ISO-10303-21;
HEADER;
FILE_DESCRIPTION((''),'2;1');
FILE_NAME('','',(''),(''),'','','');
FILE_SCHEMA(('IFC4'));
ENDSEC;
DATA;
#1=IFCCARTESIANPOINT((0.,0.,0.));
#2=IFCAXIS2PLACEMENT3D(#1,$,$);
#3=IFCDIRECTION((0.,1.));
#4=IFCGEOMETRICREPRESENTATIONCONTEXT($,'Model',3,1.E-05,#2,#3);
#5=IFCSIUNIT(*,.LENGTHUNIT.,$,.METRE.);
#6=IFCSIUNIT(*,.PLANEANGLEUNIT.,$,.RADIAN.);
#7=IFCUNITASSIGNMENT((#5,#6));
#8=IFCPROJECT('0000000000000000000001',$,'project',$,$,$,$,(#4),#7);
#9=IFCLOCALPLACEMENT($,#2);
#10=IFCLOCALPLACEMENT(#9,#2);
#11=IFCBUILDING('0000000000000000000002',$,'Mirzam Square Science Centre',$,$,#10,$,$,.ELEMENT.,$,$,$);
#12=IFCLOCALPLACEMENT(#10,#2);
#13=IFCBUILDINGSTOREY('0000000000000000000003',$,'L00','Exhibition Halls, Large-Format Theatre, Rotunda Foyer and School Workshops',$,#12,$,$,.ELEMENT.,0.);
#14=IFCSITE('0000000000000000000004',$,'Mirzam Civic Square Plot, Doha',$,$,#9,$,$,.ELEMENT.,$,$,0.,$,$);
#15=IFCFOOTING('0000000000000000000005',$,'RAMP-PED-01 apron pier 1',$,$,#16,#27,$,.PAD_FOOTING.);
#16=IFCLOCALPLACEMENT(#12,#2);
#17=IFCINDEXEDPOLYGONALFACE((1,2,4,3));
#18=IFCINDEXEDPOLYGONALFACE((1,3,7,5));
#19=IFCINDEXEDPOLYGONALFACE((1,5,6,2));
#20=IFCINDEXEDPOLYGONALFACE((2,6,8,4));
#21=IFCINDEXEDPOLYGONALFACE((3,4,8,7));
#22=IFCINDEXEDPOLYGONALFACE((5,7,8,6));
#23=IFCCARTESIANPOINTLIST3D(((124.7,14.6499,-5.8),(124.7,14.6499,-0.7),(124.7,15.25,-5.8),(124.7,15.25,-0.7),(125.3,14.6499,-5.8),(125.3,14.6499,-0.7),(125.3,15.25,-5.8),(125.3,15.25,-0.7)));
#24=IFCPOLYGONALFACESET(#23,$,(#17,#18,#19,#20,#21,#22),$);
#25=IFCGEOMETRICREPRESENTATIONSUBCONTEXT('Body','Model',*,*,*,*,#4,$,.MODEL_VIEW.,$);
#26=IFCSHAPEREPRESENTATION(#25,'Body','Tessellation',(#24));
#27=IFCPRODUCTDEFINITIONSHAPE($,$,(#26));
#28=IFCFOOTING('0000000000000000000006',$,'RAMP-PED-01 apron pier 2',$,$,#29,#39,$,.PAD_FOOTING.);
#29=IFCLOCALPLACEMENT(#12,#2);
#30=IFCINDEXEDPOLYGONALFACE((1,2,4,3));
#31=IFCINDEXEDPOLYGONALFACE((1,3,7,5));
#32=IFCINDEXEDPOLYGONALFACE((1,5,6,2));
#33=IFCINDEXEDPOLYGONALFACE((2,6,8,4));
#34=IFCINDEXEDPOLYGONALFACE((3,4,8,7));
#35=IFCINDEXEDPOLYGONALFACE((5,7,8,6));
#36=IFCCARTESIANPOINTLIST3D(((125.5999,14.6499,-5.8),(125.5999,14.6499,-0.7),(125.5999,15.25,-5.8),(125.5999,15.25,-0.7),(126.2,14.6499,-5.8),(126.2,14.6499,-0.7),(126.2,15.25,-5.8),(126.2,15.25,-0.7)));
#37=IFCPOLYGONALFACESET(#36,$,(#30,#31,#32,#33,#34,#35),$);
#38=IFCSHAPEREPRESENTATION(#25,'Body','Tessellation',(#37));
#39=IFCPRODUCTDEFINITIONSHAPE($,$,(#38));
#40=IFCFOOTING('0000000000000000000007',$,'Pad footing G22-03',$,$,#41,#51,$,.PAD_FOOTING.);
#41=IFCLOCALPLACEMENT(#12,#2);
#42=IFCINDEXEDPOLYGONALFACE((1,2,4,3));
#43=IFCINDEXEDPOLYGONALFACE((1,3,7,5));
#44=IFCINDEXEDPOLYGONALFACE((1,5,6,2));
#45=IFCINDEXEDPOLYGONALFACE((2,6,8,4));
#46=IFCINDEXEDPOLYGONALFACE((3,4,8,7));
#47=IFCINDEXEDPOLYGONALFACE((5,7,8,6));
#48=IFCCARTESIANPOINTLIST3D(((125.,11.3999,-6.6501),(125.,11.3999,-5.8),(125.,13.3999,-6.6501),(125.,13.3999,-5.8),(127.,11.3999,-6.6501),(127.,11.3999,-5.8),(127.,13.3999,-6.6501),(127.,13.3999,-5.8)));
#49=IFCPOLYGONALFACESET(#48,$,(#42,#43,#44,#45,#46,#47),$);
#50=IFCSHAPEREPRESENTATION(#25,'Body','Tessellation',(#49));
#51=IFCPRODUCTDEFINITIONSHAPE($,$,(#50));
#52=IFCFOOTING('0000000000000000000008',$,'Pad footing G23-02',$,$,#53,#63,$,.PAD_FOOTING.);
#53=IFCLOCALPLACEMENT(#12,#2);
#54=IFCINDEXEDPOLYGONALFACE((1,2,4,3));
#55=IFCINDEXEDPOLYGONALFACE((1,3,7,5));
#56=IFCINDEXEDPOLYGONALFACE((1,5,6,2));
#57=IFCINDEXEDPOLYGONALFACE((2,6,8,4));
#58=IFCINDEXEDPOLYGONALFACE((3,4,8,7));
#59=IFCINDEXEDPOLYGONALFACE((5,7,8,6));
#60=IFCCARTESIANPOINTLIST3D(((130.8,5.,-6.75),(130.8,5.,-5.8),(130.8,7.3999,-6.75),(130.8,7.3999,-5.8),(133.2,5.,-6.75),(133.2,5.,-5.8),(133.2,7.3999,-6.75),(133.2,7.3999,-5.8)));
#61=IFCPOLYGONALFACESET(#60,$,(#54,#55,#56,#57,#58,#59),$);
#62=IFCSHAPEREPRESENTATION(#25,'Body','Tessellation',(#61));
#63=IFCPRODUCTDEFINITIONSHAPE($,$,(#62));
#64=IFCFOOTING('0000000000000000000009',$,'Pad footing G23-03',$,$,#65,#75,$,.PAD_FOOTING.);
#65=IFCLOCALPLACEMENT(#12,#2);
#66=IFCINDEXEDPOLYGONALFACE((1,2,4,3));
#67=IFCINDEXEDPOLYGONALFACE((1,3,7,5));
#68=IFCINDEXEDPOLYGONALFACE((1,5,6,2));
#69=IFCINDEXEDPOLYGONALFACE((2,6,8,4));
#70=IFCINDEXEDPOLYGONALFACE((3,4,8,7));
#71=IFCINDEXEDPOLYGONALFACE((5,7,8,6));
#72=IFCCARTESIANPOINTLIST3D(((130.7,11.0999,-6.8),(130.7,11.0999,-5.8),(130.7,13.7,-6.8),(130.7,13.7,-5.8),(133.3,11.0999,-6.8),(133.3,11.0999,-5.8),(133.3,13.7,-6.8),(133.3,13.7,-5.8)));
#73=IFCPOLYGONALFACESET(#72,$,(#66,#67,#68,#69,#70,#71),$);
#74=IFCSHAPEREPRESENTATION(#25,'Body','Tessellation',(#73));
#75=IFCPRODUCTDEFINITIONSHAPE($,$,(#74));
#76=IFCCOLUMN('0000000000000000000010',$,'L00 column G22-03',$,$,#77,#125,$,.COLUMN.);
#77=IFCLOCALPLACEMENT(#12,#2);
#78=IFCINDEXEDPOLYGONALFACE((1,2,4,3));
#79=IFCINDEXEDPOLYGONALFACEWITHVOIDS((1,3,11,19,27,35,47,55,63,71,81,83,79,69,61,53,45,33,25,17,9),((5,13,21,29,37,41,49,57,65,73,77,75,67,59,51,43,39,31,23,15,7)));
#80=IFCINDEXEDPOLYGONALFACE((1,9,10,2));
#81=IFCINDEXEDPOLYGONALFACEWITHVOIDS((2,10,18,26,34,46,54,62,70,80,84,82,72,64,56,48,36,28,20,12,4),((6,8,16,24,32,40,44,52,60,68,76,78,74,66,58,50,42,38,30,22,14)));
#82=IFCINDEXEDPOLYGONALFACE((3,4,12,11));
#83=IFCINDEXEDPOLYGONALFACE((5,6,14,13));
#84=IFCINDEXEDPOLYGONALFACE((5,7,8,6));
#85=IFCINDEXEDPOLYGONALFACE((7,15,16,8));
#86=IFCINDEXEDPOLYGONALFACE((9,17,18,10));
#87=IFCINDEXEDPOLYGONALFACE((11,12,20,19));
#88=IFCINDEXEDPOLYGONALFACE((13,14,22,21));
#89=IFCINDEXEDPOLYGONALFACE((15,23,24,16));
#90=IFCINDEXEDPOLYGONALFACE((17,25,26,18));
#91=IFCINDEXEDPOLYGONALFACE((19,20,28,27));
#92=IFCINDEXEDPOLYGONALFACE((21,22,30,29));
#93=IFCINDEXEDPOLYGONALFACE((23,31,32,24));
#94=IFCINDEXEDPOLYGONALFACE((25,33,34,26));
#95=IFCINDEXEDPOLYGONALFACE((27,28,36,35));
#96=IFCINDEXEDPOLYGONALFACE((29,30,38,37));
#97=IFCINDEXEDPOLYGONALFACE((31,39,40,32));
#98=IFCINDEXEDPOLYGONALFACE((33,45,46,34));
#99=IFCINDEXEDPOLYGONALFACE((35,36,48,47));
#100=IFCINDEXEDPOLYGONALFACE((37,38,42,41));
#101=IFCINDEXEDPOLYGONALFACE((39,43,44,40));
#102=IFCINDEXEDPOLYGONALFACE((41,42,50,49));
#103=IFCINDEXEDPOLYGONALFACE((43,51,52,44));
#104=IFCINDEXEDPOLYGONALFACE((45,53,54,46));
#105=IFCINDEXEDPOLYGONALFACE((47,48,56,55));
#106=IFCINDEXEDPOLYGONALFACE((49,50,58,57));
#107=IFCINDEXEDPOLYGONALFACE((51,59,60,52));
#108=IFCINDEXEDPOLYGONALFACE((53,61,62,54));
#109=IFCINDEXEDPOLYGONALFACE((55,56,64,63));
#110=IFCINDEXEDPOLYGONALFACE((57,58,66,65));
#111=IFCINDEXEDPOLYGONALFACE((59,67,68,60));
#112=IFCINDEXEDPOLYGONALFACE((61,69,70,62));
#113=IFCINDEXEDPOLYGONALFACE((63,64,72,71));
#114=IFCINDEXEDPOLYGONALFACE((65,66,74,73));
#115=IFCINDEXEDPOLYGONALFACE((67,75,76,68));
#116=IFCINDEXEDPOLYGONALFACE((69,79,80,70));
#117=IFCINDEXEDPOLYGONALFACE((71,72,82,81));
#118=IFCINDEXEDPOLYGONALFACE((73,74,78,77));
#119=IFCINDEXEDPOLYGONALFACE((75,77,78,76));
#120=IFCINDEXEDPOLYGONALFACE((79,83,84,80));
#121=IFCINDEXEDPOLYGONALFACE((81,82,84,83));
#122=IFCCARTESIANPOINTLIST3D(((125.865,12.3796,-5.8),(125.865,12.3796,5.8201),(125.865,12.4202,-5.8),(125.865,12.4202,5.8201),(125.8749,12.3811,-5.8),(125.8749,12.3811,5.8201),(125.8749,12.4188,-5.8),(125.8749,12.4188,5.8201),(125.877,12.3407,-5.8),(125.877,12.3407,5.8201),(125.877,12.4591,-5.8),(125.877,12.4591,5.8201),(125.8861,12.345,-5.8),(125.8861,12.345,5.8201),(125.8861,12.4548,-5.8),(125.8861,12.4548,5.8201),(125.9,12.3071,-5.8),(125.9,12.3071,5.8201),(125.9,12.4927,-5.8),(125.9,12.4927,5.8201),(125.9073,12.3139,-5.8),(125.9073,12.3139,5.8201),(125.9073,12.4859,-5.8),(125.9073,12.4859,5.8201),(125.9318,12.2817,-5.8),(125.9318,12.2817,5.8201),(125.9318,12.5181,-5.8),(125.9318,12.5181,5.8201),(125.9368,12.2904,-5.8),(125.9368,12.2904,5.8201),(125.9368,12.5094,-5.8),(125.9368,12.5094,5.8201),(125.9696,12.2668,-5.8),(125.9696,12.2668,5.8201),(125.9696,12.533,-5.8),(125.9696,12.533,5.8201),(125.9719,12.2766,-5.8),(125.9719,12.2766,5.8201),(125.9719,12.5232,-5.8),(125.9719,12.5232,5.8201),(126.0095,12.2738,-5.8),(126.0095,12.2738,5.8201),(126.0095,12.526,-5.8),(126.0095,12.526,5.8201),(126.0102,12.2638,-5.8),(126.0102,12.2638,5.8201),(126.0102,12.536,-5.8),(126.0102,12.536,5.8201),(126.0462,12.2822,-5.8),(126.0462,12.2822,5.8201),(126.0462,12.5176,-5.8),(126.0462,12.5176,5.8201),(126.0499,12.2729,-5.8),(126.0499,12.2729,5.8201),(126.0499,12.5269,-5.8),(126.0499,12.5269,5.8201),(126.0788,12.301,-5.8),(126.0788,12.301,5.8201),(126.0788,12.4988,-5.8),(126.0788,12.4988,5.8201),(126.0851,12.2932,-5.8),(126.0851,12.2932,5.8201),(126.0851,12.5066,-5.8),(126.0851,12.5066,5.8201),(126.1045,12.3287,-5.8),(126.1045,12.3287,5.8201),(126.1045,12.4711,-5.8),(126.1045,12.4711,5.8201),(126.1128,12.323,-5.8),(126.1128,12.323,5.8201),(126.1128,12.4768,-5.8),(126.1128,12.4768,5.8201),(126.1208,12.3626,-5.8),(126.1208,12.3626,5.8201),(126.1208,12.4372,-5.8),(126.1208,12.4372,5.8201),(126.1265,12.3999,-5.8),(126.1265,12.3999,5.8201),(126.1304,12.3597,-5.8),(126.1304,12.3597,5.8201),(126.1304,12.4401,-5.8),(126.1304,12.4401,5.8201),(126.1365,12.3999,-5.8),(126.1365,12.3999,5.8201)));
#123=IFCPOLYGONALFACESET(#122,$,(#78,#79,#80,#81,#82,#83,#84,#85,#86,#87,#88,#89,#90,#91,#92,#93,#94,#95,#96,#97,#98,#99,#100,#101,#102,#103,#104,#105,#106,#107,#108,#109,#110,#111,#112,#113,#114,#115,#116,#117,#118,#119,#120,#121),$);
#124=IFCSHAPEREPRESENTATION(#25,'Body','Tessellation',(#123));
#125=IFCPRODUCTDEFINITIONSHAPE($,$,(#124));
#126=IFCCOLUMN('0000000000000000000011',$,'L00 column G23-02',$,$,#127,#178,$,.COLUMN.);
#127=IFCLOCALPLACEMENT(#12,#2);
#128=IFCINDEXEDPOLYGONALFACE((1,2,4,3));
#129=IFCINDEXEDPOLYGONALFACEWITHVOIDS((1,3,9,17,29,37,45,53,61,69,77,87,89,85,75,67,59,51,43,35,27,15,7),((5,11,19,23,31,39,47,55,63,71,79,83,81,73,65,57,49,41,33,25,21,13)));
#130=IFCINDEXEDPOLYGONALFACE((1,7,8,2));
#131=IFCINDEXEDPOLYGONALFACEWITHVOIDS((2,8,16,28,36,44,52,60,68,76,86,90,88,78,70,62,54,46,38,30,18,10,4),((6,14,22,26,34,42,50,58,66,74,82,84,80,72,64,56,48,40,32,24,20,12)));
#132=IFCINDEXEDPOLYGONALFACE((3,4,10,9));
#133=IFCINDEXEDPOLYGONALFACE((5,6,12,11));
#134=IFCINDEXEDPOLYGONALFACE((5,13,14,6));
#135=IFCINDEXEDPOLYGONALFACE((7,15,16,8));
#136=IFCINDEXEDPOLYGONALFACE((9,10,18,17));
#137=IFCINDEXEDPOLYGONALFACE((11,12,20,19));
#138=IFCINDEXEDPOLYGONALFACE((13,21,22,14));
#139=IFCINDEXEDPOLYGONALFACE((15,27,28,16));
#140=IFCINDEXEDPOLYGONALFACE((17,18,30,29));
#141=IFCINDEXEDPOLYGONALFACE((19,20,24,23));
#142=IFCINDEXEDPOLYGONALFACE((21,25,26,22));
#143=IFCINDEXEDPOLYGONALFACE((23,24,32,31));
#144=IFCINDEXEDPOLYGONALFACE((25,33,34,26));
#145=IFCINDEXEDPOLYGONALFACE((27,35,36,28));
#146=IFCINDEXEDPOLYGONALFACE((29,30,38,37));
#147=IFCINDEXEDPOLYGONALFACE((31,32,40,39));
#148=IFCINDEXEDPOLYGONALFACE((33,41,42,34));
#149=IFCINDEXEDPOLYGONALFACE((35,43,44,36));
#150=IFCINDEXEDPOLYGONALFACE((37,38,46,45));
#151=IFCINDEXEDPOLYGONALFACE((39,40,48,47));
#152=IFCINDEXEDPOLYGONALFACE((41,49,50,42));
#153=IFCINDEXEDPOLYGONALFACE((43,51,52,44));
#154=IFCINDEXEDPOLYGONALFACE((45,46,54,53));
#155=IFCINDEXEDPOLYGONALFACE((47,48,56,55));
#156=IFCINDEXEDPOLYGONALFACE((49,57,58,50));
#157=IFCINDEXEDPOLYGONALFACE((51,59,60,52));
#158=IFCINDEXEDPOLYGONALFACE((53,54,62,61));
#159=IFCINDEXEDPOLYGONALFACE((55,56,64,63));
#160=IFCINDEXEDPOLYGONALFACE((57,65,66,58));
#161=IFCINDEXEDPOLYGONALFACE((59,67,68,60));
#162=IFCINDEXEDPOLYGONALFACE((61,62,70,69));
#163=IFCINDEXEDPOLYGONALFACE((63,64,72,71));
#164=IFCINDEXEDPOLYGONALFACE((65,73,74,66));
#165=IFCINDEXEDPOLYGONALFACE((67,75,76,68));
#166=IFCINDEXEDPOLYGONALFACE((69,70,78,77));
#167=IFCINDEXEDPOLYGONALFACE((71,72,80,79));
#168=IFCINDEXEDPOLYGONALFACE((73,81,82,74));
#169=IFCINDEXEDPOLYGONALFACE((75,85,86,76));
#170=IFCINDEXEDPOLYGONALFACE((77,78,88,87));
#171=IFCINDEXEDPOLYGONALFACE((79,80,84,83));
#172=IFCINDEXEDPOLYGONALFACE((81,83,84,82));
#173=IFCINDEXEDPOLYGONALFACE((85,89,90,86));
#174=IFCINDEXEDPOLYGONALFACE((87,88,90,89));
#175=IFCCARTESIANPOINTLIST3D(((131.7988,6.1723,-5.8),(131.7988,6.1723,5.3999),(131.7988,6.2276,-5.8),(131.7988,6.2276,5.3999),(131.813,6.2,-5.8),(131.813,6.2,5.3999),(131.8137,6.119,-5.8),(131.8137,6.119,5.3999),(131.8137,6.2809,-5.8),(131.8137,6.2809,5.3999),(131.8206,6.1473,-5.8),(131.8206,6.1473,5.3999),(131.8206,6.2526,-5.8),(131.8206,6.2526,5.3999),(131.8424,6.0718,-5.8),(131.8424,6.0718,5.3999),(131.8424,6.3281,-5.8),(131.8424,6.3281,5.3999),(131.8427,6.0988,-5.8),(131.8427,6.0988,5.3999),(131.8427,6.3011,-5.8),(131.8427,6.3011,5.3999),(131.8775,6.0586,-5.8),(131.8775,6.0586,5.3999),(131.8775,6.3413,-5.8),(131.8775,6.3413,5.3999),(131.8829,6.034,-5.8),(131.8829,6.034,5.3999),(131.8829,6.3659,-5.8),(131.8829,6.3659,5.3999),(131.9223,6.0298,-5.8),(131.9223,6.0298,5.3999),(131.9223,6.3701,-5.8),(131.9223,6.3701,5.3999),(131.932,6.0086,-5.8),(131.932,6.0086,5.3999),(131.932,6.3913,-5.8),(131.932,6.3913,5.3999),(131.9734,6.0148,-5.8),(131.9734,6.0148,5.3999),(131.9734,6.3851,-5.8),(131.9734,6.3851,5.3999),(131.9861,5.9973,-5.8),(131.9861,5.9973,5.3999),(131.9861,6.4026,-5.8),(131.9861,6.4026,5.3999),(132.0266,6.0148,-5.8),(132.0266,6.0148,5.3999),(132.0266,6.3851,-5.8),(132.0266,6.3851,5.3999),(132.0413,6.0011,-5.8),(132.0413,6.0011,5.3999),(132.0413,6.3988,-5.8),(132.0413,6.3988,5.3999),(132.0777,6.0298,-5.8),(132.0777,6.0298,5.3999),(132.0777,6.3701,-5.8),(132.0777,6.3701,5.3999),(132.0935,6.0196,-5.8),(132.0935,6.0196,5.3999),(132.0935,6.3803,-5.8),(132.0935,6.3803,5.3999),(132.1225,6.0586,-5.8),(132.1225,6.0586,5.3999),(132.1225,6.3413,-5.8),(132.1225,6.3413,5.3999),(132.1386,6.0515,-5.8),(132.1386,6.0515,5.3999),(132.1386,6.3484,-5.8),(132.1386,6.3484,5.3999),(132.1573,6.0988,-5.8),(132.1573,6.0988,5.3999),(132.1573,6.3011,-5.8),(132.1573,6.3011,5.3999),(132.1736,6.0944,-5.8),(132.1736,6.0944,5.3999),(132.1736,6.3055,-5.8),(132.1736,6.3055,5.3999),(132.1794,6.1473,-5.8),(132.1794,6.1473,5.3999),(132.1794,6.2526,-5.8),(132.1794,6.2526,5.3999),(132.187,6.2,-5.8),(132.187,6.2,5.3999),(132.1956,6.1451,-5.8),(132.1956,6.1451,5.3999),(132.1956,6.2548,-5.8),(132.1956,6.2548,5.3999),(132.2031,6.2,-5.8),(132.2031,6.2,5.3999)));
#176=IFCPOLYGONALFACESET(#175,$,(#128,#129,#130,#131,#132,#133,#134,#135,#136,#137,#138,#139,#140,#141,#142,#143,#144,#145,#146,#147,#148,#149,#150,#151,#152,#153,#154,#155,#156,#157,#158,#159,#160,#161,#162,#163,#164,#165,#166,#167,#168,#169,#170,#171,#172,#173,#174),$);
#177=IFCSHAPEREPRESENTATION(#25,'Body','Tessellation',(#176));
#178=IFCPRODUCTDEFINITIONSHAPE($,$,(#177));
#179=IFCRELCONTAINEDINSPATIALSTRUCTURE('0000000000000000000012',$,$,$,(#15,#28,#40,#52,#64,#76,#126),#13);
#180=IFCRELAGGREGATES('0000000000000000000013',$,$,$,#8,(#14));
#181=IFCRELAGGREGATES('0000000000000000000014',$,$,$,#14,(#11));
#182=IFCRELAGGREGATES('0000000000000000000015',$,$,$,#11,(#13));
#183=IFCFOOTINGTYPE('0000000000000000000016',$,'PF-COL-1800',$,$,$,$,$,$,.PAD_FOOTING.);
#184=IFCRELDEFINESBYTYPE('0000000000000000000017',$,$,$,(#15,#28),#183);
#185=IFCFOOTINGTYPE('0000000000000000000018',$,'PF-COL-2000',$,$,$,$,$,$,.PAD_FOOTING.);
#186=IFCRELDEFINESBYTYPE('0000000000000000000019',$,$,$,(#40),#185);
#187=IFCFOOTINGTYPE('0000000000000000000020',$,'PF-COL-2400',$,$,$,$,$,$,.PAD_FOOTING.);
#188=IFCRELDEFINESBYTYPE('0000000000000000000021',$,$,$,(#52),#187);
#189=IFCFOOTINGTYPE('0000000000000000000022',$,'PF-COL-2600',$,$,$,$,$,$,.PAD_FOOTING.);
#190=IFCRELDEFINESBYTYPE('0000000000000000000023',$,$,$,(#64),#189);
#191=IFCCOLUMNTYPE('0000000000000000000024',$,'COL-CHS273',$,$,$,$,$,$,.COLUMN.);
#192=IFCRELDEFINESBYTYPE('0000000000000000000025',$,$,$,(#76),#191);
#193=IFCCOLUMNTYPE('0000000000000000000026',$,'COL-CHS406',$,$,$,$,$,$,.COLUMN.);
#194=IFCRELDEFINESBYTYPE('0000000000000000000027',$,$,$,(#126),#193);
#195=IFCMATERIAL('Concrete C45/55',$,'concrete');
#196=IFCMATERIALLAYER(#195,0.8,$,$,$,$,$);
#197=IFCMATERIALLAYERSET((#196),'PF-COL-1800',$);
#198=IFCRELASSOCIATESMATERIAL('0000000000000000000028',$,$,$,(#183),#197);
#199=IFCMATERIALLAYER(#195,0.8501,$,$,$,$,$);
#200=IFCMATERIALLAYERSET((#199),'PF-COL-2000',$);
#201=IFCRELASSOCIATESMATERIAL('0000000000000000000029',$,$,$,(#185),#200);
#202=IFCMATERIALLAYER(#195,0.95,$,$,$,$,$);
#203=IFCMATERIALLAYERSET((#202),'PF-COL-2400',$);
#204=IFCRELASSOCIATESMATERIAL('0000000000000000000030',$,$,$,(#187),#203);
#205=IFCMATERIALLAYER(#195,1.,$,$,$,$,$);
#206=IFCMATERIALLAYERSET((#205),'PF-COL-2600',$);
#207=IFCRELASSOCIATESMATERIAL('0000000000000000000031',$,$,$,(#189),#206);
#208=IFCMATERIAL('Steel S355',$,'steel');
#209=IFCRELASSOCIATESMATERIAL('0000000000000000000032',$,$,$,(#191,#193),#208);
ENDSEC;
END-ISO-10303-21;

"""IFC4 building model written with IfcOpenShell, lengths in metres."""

from ifc_helpers import new_model, si_unit, direction, frame, origin, origin_2d, place, context, subcontext, project, spatial, rectangle, hollow_circle, extrude, material, layer, layer_set, material_profile, profile_set, type_object, element, save


model = new_model("IFC4")

# Units and contexts
model_context = context("Model", 3, precision=1e-05, world=origin(), true_north=direction((0.0, 1.0)))
body_context = subcontext(model_context, "Body", "Model", "MODEL_VIEW")
ifc_project = project(units=[si_unit("LENGTHUNIT", "METRE"), si_unit("PLANEANGLEUNIT", "RADIAN")], contexts=[model_context])

# Site, building, storey
site_placement = place(None, origin())
site = spatial("IfcSite", under=ifc_project, at=site_placement, Name="Mirzam Civic Square Plot, Doha", CompositionType="ELEMENT", RefElevation=0.0)
building_placement = place(site_placement, origin())
building = spatial("IfcBuilding", under=site, at=building_placement, Name="Mirzam Square Science Centre", CompositionType="ELEMENT")
storey_placement = place(building_placement, origin())
storey = spatial("IfcBuildingStorey", under=building, at=storey_placement, Name="L00", Description="Exhibition Halls, Large-Format Theatre, Rotunda Foyer and School Workshops", CompositionType="ELEMENT", Elevation=0.0)

# Footings
ifc_material_1 = material(Name="Concrete C45/55", Category="concrete")
ifc_layer_1 = layer(ifc_material_1, 0.8)
ifc_layer_set_1 = layer_set([ifc_layer_1], Name="PF-COL-1800")
footing_type_1 = type_object("IfcFootingType", Name="PF-COL-1800", PredefinedType="PAD_FOOTING", material=ifc_layer_set_1)
for number, where, z_axis, x_axis, name in (
    (1, (125.0, 14.95, -5.8), (0.0, 0.0, 1.0), (1.0, 0.0, 0.0), "RAMP-PED-01 apron pier 1"),
    (2, (125.8999, 14.95, -5.8), (0.0, 0.0, 1.0), (1.0, 0.0, 0.0), "RAMP-PED-01 apron pier 2"),
):
    element("IfcFooting", number, at=place(storey_placement, frame(where, z_axis=z_axis, x_axis=x_axis)), inside=storey, type_object=footing_type_1, Name=name, PredefinedType="PAD_FOOTING", context=body_context, shape_type="SweptSolid", body=[
        extrude(rectangle(XDim=0.6001, YDim=0.6001, at=origin_2d()), origin(), (0.0, 0.0, 1.0), 5.1001),
    ])
ifc_layer_2 = layer(ifc_material_1, 0.8501)
ifc_layer_set_2 = layer_set([ifc_layer_2], Name="PF-COL-2000")
footing_type_2 = type_object("IfcFootingType", Name="PF-COL-2000", PredefinedType="PAD_FOOTING", material=ifc_layer_set_2)
footing_1_placement = place(storey_placement, frame((126.0, 12.3999, -6.6501), z_axis=(0.0, 0.0, 1.0), x_axis=(1.0, 0.0, 0.0)))
element("IfcFooting", 3, at=footing_1_placement, inside=storey, type_object=footing_type_2, Name="Pad footing G22-03", PredefinedType="PAD_FOOTING", context=body_context, shape_type="SweptSolid", body=[
    extrude(rectangle(XDim=2.0, YDim=2.0, at=origin_2d()), origin(), (0.0, 0.0, 1.0), 0.8501),
])
ifc_layer_3 = layer(ifc_material_1, 0.95)
ifc_layer_set_3 = layer_set([ifc_layer_3], Name="PF-COL-2400")
footing_type_3 = type_object("IfcFootingType", Name="PF-COL-2400", PredefinedType="PAD_FOOTING", material=ifc_layer_set_3)
footing_2_placement = place(storey_placement, frame((132.0, 6.2, -6.75), z_axis=(0.0, 0.0, 1.0), x_axis=(1.0, 0.0, 0.0)))
element("IfcFooting", 4, at=footing_2_placement, inside=storey, type_object=footing_type_3, Name="Pad footing G23-02", PredefinedType="PAD_FOOTING", context=body_context, shape_type="SweptSolid", body=[
    extrude(rectangle(XDim=2.3999, YDim=2.3999, at=origin_2d()), origin(), (0.0, 0.0, 1.0), 0.95),
])
ifc_layer_4 = layer(ifc_material_1, 1.0)
ifc_layer_set_4 = layer_set([ifc_layer_4], Name="PF-COL-2600")
footing_type_4 = type_object("IfcFootingType", Name="PF-COL-2600", PredefinedType="PAD_FOOTING", material=ifc_layer_set_4)
footing_3_placement = place(storey_placement, frame((132.0, 12.3999, -6.8), z_axis=(0.0, 0.0, 1.0), x_axis=(1.0, 0.0, 0.0)))
element("IfcFooting", 5, at=footing_3_placement, inside=storey, type_object=footing_type_4, Name="Pad footing G23-03", PredefinedType="PAD_FOOTING", context=body_context, shape_type="SweptSolid", body=[
    extrude(rectangle(XDim=2.6001, YDim=2.6001, at=origin_2d()), origin(), (0.0, 0.0, 1.0), 1.0),
])

# Columns
ifc_material_2 = material(Name="Steel S355", Category="steel")
ifc_material_profile_1 = material_profile(ifc_material_2, hollow_circle(Radius=0.1365, WallThickness=0.01, at=origin_2d()), Name="273.0x10.0CHS")
ifc_profile_set_1 = profile_set([ifc_material_profile_1], Name="Steel S355")
column_type_1 = type_object("IfcColumnType", Name="COL-CHS273", PredefinedType="COLUMN", material=ifc_profile_set_1)
column_1_placement = place(storey_placement, frame((126.0, 12.3999, -5.8), z_axis=(0.0, 0.0, 1.0), x_axis=(1.0, 0.0, 0.0)))
element("IfcColumn", 6, at=column_1_placement, inside=storey, type_object=column_type_1, Name="L00 column G22-03", PredefinedType="COLUMN", context=body_context, shape_type="SweptSolid", body=[
    extrude(hollow_circle(Radius=0.1365, WallThickness=0.01, at=origin_2d()), origin(), (0.0, 0.0, 1.0), 11.6201),
])
ifc_material_profile_2 = material_profile(ifc_material_2, hollow_circle(Radius=0.2031, WallThickness=0.0161, at=origin_2d()), Name="406.4x16.0CHS")
ifc_profile_set_2 = profile_set([ifc_material_profile_2], Name="Steel S355")
column_type_2 = type_object("IfcColumnType", Name="COL-CHS406", PredefinedType="COLUMN", material=ifc_profile_set_2)
column_2_placement = place(storey_placement, frame((132.0, 6.2, -5.8), z_axis=(0.0, 0.0, 1.0), x_axis=(1.0, 0.0, 0.0)))
element("IfcColumn", 7, at=column_2_placement, inside=storey, type_object=column_type_2, Name="L00 column G23-02", PredefinedType="COLUMN", context=body_context, shape_type="SweptSolid", body=[
    extrude(hollow_circle(Radius=0.2031, WallThickness=0.0161, at=origin_2d()), origin(), (0.0, 0.0, 1.0), 11.2),
])

save(model, "model.ifc")
